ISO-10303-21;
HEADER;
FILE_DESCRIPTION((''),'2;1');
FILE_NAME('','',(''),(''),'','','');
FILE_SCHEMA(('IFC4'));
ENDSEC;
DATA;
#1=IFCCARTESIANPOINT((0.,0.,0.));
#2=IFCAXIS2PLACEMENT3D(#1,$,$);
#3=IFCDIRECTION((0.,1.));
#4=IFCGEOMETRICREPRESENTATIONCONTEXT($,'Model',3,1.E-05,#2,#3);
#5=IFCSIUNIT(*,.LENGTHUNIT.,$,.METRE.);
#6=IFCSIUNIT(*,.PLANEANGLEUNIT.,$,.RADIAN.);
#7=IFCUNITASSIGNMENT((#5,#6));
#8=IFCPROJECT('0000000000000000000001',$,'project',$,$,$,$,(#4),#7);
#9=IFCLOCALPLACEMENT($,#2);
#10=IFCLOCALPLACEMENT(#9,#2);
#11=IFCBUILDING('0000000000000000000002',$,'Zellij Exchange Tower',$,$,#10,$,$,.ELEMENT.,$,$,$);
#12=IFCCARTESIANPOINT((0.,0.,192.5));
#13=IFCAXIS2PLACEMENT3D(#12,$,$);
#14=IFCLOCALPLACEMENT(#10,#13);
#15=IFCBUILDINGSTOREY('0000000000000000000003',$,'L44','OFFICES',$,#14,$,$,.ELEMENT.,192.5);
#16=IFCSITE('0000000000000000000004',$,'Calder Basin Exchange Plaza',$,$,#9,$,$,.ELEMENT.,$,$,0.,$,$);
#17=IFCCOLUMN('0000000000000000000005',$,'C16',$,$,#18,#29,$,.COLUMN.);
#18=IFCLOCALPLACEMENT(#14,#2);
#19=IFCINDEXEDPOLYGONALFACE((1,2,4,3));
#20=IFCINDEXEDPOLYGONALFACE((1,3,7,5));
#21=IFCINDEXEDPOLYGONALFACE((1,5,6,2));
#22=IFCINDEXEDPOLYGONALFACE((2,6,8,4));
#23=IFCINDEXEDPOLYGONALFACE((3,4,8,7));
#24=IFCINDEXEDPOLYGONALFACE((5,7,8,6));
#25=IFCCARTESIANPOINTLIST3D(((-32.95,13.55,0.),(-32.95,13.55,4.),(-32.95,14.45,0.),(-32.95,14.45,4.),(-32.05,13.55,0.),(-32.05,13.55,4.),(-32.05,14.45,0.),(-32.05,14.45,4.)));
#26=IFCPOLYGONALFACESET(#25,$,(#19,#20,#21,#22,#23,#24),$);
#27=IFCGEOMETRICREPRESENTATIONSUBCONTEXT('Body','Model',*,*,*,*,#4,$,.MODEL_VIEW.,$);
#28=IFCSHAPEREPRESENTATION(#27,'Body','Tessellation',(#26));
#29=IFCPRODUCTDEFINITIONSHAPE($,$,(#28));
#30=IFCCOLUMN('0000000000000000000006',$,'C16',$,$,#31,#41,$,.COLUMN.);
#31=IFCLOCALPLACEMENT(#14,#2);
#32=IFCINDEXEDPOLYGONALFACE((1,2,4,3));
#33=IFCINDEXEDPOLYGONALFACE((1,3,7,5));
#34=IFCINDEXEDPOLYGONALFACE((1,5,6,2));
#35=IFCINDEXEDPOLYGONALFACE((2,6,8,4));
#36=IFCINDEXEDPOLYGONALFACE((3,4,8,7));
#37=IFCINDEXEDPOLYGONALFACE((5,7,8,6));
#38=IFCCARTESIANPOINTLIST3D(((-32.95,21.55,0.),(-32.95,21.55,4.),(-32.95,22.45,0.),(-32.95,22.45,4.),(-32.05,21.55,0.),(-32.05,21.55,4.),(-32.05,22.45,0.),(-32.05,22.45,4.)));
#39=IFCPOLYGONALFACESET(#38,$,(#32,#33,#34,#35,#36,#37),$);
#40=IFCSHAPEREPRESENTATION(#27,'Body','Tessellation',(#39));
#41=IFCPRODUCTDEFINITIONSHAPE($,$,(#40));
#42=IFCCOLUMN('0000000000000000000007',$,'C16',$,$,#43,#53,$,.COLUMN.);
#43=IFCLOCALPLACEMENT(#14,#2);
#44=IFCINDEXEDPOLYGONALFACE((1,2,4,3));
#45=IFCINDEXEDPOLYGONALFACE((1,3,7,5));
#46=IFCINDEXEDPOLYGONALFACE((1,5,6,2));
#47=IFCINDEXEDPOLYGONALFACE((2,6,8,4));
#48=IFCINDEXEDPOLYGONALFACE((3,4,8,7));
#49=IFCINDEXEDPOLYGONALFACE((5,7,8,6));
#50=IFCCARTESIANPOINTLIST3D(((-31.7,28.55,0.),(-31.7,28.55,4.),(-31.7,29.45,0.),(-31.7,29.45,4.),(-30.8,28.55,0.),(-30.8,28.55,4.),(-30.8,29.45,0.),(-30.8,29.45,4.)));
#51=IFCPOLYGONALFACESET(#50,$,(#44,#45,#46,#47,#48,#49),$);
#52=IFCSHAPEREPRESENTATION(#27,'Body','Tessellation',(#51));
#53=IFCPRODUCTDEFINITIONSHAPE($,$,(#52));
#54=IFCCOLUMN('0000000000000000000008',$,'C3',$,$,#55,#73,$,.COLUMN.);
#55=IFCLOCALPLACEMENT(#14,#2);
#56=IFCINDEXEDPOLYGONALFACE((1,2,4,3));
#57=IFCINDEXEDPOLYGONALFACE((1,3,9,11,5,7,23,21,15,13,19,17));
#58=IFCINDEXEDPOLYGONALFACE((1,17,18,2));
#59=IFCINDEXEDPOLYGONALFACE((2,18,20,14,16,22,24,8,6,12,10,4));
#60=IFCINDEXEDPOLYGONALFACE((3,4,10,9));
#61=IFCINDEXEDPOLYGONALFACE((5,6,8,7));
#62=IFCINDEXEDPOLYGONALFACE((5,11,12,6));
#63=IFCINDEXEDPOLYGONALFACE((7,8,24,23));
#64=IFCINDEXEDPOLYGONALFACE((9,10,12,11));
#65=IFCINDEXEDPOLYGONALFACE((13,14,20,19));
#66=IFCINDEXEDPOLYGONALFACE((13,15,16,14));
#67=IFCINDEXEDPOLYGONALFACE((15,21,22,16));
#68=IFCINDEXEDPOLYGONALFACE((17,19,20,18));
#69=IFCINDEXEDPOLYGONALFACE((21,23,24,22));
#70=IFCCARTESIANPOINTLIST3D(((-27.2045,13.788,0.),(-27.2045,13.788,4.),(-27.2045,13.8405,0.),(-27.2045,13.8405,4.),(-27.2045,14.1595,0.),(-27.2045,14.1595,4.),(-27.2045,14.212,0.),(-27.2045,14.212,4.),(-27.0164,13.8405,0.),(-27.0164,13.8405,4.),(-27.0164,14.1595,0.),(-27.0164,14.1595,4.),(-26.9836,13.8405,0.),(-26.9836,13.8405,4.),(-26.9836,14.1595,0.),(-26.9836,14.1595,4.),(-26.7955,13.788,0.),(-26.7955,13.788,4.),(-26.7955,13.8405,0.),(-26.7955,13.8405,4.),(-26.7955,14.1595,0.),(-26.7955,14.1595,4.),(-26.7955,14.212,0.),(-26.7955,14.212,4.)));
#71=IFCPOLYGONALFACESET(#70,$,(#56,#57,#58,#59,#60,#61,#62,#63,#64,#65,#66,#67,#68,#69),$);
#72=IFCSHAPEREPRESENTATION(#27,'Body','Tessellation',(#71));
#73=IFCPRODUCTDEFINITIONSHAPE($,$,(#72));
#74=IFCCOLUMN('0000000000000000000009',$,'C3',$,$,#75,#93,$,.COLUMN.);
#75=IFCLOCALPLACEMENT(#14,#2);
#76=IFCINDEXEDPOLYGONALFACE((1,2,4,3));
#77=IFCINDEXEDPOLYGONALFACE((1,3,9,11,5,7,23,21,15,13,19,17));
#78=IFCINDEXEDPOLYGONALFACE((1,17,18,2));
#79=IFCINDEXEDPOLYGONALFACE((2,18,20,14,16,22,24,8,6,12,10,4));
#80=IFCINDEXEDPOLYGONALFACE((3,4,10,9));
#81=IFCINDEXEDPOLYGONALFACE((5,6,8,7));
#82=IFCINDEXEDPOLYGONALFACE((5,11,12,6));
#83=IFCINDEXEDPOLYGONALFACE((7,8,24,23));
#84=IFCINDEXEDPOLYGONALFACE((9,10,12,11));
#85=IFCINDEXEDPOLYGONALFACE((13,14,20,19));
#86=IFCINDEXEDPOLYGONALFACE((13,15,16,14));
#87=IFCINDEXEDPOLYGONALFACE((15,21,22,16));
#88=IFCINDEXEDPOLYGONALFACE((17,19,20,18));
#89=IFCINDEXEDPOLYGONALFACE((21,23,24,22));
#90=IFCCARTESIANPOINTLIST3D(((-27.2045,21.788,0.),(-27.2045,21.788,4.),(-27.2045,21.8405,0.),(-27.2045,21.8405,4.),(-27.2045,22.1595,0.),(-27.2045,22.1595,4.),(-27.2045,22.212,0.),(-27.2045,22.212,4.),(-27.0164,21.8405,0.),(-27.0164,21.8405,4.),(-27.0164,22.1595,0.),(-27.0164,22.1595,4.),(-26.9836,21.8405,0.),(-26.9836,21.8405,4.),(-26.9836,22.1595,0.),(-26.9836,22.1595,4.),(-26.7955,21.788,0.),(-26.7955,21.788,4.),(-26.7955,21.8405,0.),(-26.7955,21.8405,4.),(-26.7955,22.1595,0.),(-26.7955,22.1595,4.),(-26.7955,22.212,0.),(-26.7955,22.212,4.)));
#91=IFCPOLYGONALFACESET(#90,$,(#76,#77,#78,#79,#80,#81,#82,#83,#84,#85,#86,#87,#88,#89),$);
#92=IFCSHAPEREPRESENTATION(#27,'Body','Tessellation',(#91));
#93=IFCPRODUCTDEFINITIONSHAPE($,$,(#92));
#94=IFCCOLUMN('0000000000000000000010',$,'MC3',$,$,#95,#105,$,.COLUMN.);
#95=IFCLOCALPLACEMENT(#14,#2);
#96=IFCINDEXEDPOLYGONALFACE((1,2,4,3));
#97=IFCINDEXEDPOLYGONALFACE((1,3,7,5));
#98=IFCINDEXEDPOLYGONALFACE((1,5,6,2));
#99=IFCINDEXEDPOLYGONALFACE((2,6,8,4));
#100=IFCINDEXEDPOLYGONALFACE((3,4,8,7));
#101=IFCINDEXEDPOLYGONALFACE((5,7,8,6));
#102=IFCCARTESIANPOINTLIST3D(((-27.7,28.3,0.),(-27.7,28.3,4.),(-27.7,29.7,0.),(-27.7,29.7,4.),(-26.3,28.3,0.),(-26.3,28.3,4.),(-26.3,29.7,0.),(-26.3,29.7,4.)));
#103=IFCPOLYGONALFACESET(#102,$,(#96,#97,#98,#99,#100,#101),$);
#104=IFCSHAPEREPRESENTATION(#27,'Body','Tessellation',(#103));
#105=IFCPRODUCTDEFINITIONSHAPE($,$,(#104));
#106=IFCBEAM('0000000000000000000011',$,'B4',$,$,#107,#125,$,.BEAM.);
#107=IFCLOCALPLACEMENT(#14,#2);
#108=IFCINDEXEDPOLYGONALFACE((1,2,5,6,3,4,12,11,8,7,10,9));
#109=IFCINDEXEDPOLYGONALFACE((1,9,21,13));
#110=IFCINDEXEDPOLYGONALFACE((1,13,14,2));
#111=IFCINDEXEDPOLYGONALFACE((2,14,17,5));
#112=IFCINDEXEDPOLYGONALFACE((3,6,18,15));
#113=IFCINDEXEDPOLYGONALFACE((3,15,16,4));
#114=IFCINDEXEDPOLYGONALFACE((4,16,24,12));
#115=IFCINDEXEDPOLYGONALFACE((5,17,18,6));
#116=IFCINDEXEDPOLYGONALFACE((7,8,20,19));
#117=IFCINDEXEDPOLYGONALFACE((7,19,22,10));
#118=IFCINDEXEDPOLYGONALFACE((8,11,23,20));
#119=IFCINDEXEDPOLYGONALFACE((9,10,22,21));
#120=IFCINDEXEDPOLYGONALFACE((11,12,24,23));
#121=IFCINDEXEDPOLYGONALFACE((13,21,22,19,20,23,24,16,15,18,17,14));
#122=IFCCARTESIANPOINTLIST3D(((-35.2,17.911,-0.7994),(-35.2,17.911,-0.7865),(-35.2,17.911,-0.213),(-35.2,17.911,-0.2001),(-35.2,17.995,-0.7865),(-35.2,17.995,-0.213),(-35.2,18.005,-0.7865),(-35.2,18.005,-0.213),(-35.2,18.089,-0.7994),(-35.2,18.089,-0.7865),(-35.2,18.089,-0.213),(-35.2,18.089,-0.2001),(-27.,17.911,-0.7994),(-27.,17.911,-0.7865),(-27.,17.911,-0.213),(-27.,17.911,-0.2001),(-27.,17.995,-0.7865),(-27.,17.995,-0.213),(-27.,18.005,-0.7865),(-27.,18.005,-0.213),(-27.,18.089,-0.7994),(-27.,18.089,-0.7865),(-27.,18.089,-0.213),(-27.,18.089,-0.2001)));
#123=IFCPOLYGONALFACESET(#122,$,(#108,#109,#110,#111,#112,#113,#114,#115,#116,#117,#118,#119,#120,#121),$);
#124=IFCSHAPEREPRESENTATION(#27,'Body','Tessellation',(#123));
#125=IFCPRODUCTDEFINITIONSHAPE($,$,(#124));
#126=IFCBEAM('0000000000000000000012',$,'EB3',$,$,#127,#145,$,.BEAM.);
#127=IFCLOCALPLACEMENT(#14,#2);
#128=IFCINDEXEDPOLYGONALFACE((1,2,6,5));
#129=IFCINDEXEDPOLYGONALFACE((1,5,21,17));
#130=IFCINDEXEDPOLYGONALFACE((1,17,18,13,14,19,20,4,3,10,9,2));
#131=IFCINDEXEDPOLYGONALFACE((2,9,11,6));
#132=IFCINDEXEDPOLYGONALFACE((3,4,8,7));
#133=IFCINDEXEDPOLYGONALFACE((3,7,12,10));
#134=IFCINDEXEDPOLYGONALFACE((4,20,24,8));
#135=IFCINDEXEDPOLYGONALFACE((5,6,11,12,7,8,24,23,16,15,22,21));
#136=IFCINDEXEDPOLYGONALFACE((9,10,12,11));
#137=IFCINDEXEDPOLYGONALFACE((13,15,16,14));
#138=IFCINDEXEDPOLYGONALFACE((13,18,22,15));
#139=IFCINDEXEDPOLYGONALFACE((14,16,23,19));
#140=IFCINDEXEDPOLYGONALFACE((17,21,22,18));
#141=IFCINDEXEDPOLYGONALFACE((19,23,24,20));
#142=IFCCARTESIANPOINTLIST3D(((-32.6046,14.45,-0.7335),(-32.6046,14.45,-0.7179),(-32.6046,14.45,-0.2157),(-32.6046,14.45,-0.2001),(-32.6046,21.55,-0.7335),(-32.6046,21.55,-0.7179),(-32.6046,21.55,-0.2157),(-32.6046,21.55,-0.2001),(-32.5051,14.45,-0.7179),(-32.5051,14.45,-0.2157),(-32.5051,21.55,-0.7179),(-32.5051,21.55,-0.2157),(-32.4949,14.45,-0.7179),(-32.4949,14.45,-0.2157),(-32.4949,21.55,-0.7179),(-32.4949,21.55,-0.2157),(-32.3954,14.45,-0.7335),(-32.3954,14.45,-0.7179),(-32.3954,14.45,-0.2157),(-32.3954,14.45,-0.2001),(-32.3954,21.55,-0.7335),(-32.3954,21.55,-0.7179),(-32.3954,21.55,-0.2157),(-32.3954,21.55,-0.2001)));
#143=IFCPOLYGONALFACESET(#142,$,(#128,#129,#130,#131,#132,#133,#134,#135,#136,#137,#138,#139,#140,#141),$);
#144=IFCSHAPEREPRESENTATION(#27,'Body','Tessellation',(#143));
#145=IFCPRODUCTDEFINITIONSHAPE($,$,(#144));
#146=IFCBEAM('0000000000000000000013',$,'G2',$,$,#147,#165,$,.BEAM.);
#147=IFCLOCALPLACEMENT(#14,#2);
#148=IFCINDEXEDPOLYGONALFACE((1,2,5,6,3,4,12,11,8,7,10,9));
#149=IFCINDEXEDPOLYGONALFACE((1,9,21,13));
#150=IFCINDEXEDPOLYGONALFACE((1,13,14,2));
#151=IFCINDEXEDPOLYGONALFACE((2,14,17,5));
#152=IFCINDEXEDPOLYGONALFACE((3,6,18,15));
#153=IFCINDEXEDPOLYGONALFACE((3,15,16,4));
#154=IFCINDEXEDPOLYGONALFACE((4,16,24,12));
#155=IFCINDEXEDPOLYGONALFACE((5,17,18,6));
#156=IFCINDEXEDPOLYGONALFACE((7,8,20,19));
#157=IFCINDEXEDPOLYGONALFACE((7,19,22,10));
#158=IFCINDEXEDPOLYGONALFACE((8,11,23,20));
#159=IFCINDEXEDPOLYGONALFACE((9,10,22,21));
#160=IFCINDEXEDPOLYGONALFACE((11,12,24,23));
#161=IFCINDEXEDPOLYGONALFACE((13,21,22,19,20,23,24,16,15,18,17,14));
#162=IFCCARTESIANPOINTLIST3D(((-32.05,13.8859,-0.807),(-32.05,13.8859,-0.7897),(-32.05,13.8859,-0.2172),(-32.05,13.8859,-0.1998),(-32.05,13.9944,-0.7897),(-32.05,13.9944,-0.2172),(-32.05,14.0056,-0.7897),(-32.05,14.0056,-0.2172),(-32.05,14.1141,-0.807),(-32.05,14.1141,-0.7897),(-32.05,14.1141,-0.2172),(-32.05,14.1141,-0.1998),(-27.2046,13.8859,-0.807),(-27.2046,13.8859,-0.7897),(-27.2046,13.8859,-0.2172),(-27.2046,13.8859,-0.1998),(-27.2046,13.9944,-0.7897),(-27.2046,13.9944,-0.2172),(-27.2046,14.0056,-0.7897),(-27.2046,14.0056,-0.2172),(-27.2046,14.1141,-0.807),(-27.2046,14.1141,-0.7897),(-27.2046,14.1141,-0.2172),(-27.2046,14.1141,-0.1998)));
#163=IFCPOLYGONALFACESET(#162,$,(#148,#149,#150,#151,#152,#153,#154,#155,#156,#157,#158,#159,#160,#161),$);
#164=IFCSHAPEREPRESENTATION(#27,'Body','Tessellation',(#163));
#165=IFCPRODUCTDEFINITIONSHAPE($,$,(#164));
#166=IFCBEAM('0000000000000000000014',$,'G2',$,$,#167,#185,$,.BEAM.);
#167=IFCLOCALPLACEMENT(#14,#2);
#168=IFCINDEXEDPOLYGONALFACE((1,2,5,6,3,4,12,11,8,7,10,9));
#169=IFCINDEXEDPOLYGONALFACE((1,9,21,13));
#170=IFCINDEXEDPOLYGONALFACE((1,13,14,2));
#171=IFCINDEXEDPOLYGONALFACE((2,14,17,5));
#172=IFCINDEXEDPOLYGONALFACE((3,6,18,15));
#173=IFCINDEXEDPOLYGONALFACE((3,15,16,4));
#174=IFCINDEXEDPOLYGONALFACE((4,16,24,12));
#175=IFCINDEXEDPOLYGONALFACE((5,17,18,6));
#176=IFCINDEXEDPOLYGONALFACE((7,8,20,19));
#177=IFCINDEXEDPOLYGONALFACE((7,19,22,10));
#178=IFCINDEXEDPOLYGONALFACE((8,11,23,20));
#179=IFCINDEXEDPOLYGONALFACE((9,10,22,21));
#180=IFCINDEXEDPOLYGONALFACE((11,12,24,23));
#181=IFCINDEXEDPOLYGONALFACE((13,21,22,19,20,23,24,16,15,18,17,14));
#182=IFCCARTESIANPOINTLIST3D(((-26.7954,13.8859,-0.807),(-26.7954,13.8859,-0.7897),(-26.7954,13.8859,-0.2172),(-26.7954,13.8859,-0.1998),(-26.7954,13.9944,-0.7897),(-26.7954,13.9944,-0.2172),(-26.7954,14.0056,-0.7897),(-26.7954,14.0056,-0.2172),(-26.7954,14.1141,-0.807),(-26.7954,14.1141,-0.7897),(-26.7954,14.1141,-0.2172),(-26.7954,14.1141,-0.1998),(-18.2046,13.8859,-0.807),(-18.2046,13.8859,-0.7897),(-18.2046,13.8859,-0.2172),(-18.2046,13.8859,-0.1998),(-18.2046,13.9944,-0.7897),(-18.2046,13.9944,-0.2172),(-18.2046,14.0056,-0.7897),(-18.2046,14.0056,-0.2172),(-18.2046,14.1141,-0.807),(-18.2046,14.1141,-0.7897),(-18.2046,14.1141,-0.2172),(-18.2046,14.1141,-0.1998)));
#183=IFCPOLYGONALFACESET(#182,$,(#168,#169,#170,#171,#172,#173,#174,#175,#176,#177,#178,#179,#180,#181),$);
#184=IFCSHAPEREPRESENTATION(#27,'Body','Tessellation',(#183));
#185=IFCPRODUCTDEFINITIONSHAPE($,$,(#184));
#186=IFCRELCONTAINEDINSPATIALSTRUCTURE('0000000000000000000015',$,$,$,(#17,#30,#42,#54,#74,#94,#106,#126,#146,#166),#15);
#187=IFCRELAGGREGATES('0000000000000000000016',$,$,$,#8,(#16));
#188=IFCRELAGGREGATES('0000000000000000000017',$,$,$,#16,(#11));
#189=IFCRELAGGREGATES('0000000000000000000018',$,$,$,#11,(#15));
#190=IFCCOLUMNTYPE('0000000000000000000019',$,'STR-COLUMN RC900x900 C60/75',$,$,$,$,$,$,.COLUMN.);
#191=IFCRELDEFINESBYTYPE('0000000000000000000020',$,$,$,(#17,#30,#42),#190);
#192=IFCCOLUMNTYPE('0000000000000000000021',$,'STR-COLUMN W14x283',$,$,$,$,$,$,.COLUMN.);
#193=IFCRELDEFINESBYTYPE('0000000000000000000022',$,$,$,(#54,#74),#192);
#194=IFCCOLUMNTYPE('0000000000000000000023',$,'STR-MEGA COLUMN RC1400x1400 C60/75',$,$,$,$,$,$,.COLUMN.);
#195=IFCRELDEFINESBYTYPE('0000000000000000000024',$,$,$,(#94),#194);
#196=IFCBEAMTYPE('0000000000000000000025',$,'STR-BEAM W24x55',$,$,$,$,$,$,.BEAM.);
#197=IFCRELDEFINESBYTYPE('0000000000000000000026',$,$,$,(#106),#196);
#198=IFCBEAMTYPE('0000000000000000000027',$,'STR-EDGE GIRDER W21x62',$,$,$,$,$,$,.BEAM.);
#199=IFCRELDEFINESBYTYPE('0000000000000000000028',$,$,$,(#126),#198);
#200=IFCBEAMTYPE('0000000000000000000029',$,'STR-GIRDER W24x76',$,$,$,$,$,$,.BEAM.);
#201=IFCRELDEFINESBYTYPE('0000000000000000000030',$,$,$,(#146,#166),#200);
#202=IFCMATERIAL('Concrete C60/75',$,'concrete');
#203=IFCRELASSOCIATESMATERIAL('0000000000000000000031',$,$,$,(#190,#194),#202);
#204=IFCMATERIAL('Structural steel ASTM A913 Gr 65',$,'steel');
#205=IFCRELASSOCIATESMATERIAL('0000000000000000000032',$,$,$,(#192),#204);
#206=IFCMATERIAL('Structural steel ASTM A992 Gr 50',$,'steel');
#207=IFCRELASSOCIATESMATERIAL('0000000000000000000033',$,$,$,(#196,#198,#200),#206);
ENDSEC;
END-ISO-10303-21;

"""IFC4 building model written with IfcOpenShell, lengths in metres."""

from ifc_helpers import new_model, si_unit, direction, frame, origin, origin_2d, place, context, subcontext, project, spatial, rectangle, i_section, extrude, material, material_profile, profile_set, type_object, element, save


model = new_model("IFC4")

# Units and contexts
model_context = context("Model", 3, precision=1e-05, world=origin(), true_north=direction((0.0, 1.0)))
body_context = subcontext(model_context, "Body", "Model", "MODEL_VIEW")
ifc_project = project(units=[si_unit("LENGTHUNIT", "METRE"), si_unit("PLANEANGLEUNIT", "RADIAN")], contexts=[model_context])

# Site, building, storey
site_placement = place(None, origin())
site = spatial("IfcSite", under=ifc_project, at=site_placement, Name="Calder Basin Exchange Plaza", CompositionType="ELEMENT", RefElevation=0.0)
building_placement = place(site_placement, origin())
building = spatial("IfcBuilding", under=site, at=building_placement, Name="Zellij Exchange Tower", CompositionType="ELEMENT")
storey_placement = place(building_placement, frame((0.0, 0.0, 192.5)))
storey = spatial("IfcBuildingStorey", under=building, at=storey_placement, Name="L44", Description="OFFICES", CompositionType="ELEMENT", Elevation=192.5)

# Columns
ifc_material_1 = material(Name="Concrete C60/75", Category="concrete")
ifc_material_profile_1 = material_profile(ifc_material_1, rectangle(XDim=0.8999, YDim=0.8999, at=origin_2d()), Name="STR-COLUMN RC900x900 C60/75")
ifc_profile_set_1 = profile_set([ifc_material_profile_1], Name="Concrete C60/75")
column_type_1 = type_object("IfcColumnType", Name="STR-COLUMN RC900x900 C60/75", PredefinedType="COLUMN", material=ifc_profile_set_1)
for number, where, z_axis, x_axis, name in (
    (1, (-32.5, 14.0, 0.0), (0.0, 0.0, 1.0), (1.0, 0.0, 0.0), "C16"),
    (2, (-32.5, 22.0, 0.0), (0.0, 0.0, 1.0), (1.0, 0.0, 0.0), "C16"),
    (3, (-31.25, 29.0, 0.0), (0.0, 0.0, 1.0), (1.0, 0.0, 0.0), "C16"),
):
    element("IfcColumn", number, at=place(storey_placement, frame(where, z_axis=z_axis, x_axis=x_axis)), inside=storey, type_object=column_type_1, Name=name, PredefinedType="COLUMN", context=body_context, shape_type="SweptSolid", body=[
        extrude(rectangle(XDim=0.8999, YDim=0.8999, at=origin_2d()), origin(), (0.0, 0.0, 1.0), 4.0),
    ])
ifc_material_2 = material(Name="Structural steel ASTM A913 Gr 65", Category="steel")
ifc_material_profile_2 = material_profile(ifc_material_2, i_section(OverallWidth=0.4089, OverallDepth=0.4241, WebThickness=0.0327, FlangeThickness=0.0525, at=origin_2d()), Name="W14x283")
ifc_profile_set_2 = profile_set([ifc_material_profile_2], Name="Structural steel ASTM A913 Gr 65")
column_type_2 = type_object("IfcColumnType", Name="STR-COLUMN W14x283", PredefinedType="COLUMN", material=ifc_profile_set_2)
for number, where, z_axis, x_axis, name in (
    (4, (-27.0, 14.0, 0.0), (0.0, 0.0, 1.0), (1.0, 0.0, 0.0), "C3"),
    (5, (-27.0, 22.0, 0.0), (0.0, 0.0, 1.0), (1.0, 0.0, 0.0), "C3"),
):
    element("IfcColumn", number, at=place(storey_placement, frame(where, z_axis=z_axis, x_axis=x_axis)), inside=storey, type_object=column_type_2, Name=name, PredefinedType="COLUMN", context=body_context, shape_type="SweptSolid", body=[
        extrude(i_section(OverallWidth=0.4089, OverallDepth=0.4241, WebThickness=0.0327, FlangeThickness=0.0525, at=origin_2d()), origin(), (0.0, 0.0, 1.0), 4.0),
    ])
ifc_material_profile_3 = material_profile(ifc_material_1, rectangle(XDim=1.3999, YDim=1.3999, at=origin_2d()), Name="STR-MEGA COLUMN RC1400x1400 C60/75")
ifc_profile_set_3 = profile_set([ifc_material_profile_3], Name="Concrete C60/75")
column_type_3 = type_object("IfcColumnType", Name="STR-MEGA COLUMN RC1400x1400 C60/75", PredefinedType="COLUMN", material=ifc_profile_set_3)
column_placement = place(storey_placement, frame((-27.0, 29.0, 0.0), z_axis=(0.0, 0.0, 1.0), x_axis=(1.0, 0.0, 0.0)))
element("IfcColumn", 6, at=column_placement, inside=storey, type_object=column_type_3, Name="MC3", PredefinedType="COLUMN", context=body_context, shape_type="SweptSolid", body=[
    extrude(rectangle(XDim=1.3999, YDim=1.3999, at=origin_2d()), origin(), (0.0, 0.0, 1.0), 4.0),
])

# Beams
ifc_material_3 = material(Name="Structural steel ASTM A992 Gr 50", Category="steel")
ifc_material_profile_4 = material_profile(ifc_material_3, i_section(OverallWidth=0.178, OverallDepth=0.5994, WebThickness=0.01, FlangeThickness=0.0129, at=origin_2d()), Name="W24x55")
ifc_profile_set_4 = profile_set([ifc_material_profile_4], Name="Structural steel ASTM A992 Gr 50")
beam_type_1 = type_object("IfcBeamType", Name="STR-BEAM W24x55", PredefinedType="BEAM", material=ifc_profile_set_4)
beam_1_placement = place(storey_placement, frame((-35.2, 18.0, -0.4998), z_axis=(1.0, 0.0, 0.0), x_axis=(0.0, 1.0, 0.0)))
element("IfcBeam", 7, at=beam_1_placement, inside=storey, type_object=beam_type_1, Name="B4", PredefinedType="BEAM", context=body_context, shape_type="SweptSolid", body=[
    extrude(i_section(OverallWidth=0.178, OverallDepth=0.5994, WebThickness=0.01, FlangeThickness=0.0129, at=origin_2d()), origin(), (0.0, 0.0, 1.0), 8.2),
])
ifc_material_profile_5 = material_profile(ifc_material_3, i_section(OverallWidth=0.2092, OverallDepth=0.5334, WebThickness=0.0103, FlangeThickness=0.0156, at=origin_2d()), Name="W21x62")
ifc_profile_set_5 = profile_set([ifc_material_profile_5], Name="Structural steel ASTM A992 Gr 50")
beam_type_2 = type_object("IfcBeamType", Name="STR-EDGE GIRDER W21x62", PredefinedType="BEAM", material=ifc_profile_set_5)
beam_2_placement = place(storey_placement, frame((-32.5, 14.45, -0.4668), z_axis=(0.0, 1.0, 0.0), x_axis=(-1.0, 0.0, 0.0)))
element("IfcBeam", 8, at=beam_2_placement, inside=storey, type_object=beam_type_2, Name="EB3", PredefinedType="BEAM", context=body_context, shape_type="SweptSolid", body=[
    extrude(i_section(OverallWidth=0.2092, OverallDepth=0.5334, WebThickness=0.0103, FlangeThickness=0.0156, at=origin_2d()), origin(), (0.0, 0.0, 1.0), 7.1001),
])
ifc_material_profile_6 = material_profile(ifc_material_3, i_section(OverallWidth=0.2283, OverallDepth=0.6072, WebThickness=0.0112, FlangeThickness=0.0173, at=origin_2d()), Name="W24x76")
ifc_profile_set_6 = profile_set([ifc_material_profile_6], Name="Structural steel ASTM A992 Gr 50")
beam_type_3 = type_object("IfcBeamType", Name="STR-GIRDER W24x76", PredefinedType="BEAM", material=ifc_profile_set_6)
beam_3_placement = place(storey_placement, frame((-32.05, 14.0, -0.5034), z_axis=(1.0, 0.0, 0.0), x_axis=(0.0, 1.0, 0.0)))
element("IfcBeam", 9, at=beam_3_placement, inside=storey, type_object=beam_type_3, Name="G2", PredefinedType="BEAM", context=body_context, shape_type="SweptSolid", body=[
    extrude(i_section(OverallWidth=0.2283, OverallDepth=0.6072, WebThickness=0.0112, FlangeThickness=0.0173, at=origin_2d()), origin(), (0.0, 0.0, 1.0), 4.8455),
])
beam_4_placement = place(storey_placement, frame((-26.7954, 14.0, -0.5034), z_axis=(1.0, 0.0, 0.0), x_axis=(0.0, 1.0, 0.0)))
element("IfcBeam", 10, at=beam_4_placement, inside=storey, type_object=beam_type_3, Name="G2", PredefinedType="BEAM", context=body_context, shape_type="SweptSolid", body=[
    extrude(i_section(OverallWidth=0.2283, OverallDepth=0.6072, WebThickness=0.0112, FlangeThickness=0.0173, at=origin_2d()), origin(), (0.0, 0.0, 1.0), 8.5908),
])

save(model, "model.ifc")
